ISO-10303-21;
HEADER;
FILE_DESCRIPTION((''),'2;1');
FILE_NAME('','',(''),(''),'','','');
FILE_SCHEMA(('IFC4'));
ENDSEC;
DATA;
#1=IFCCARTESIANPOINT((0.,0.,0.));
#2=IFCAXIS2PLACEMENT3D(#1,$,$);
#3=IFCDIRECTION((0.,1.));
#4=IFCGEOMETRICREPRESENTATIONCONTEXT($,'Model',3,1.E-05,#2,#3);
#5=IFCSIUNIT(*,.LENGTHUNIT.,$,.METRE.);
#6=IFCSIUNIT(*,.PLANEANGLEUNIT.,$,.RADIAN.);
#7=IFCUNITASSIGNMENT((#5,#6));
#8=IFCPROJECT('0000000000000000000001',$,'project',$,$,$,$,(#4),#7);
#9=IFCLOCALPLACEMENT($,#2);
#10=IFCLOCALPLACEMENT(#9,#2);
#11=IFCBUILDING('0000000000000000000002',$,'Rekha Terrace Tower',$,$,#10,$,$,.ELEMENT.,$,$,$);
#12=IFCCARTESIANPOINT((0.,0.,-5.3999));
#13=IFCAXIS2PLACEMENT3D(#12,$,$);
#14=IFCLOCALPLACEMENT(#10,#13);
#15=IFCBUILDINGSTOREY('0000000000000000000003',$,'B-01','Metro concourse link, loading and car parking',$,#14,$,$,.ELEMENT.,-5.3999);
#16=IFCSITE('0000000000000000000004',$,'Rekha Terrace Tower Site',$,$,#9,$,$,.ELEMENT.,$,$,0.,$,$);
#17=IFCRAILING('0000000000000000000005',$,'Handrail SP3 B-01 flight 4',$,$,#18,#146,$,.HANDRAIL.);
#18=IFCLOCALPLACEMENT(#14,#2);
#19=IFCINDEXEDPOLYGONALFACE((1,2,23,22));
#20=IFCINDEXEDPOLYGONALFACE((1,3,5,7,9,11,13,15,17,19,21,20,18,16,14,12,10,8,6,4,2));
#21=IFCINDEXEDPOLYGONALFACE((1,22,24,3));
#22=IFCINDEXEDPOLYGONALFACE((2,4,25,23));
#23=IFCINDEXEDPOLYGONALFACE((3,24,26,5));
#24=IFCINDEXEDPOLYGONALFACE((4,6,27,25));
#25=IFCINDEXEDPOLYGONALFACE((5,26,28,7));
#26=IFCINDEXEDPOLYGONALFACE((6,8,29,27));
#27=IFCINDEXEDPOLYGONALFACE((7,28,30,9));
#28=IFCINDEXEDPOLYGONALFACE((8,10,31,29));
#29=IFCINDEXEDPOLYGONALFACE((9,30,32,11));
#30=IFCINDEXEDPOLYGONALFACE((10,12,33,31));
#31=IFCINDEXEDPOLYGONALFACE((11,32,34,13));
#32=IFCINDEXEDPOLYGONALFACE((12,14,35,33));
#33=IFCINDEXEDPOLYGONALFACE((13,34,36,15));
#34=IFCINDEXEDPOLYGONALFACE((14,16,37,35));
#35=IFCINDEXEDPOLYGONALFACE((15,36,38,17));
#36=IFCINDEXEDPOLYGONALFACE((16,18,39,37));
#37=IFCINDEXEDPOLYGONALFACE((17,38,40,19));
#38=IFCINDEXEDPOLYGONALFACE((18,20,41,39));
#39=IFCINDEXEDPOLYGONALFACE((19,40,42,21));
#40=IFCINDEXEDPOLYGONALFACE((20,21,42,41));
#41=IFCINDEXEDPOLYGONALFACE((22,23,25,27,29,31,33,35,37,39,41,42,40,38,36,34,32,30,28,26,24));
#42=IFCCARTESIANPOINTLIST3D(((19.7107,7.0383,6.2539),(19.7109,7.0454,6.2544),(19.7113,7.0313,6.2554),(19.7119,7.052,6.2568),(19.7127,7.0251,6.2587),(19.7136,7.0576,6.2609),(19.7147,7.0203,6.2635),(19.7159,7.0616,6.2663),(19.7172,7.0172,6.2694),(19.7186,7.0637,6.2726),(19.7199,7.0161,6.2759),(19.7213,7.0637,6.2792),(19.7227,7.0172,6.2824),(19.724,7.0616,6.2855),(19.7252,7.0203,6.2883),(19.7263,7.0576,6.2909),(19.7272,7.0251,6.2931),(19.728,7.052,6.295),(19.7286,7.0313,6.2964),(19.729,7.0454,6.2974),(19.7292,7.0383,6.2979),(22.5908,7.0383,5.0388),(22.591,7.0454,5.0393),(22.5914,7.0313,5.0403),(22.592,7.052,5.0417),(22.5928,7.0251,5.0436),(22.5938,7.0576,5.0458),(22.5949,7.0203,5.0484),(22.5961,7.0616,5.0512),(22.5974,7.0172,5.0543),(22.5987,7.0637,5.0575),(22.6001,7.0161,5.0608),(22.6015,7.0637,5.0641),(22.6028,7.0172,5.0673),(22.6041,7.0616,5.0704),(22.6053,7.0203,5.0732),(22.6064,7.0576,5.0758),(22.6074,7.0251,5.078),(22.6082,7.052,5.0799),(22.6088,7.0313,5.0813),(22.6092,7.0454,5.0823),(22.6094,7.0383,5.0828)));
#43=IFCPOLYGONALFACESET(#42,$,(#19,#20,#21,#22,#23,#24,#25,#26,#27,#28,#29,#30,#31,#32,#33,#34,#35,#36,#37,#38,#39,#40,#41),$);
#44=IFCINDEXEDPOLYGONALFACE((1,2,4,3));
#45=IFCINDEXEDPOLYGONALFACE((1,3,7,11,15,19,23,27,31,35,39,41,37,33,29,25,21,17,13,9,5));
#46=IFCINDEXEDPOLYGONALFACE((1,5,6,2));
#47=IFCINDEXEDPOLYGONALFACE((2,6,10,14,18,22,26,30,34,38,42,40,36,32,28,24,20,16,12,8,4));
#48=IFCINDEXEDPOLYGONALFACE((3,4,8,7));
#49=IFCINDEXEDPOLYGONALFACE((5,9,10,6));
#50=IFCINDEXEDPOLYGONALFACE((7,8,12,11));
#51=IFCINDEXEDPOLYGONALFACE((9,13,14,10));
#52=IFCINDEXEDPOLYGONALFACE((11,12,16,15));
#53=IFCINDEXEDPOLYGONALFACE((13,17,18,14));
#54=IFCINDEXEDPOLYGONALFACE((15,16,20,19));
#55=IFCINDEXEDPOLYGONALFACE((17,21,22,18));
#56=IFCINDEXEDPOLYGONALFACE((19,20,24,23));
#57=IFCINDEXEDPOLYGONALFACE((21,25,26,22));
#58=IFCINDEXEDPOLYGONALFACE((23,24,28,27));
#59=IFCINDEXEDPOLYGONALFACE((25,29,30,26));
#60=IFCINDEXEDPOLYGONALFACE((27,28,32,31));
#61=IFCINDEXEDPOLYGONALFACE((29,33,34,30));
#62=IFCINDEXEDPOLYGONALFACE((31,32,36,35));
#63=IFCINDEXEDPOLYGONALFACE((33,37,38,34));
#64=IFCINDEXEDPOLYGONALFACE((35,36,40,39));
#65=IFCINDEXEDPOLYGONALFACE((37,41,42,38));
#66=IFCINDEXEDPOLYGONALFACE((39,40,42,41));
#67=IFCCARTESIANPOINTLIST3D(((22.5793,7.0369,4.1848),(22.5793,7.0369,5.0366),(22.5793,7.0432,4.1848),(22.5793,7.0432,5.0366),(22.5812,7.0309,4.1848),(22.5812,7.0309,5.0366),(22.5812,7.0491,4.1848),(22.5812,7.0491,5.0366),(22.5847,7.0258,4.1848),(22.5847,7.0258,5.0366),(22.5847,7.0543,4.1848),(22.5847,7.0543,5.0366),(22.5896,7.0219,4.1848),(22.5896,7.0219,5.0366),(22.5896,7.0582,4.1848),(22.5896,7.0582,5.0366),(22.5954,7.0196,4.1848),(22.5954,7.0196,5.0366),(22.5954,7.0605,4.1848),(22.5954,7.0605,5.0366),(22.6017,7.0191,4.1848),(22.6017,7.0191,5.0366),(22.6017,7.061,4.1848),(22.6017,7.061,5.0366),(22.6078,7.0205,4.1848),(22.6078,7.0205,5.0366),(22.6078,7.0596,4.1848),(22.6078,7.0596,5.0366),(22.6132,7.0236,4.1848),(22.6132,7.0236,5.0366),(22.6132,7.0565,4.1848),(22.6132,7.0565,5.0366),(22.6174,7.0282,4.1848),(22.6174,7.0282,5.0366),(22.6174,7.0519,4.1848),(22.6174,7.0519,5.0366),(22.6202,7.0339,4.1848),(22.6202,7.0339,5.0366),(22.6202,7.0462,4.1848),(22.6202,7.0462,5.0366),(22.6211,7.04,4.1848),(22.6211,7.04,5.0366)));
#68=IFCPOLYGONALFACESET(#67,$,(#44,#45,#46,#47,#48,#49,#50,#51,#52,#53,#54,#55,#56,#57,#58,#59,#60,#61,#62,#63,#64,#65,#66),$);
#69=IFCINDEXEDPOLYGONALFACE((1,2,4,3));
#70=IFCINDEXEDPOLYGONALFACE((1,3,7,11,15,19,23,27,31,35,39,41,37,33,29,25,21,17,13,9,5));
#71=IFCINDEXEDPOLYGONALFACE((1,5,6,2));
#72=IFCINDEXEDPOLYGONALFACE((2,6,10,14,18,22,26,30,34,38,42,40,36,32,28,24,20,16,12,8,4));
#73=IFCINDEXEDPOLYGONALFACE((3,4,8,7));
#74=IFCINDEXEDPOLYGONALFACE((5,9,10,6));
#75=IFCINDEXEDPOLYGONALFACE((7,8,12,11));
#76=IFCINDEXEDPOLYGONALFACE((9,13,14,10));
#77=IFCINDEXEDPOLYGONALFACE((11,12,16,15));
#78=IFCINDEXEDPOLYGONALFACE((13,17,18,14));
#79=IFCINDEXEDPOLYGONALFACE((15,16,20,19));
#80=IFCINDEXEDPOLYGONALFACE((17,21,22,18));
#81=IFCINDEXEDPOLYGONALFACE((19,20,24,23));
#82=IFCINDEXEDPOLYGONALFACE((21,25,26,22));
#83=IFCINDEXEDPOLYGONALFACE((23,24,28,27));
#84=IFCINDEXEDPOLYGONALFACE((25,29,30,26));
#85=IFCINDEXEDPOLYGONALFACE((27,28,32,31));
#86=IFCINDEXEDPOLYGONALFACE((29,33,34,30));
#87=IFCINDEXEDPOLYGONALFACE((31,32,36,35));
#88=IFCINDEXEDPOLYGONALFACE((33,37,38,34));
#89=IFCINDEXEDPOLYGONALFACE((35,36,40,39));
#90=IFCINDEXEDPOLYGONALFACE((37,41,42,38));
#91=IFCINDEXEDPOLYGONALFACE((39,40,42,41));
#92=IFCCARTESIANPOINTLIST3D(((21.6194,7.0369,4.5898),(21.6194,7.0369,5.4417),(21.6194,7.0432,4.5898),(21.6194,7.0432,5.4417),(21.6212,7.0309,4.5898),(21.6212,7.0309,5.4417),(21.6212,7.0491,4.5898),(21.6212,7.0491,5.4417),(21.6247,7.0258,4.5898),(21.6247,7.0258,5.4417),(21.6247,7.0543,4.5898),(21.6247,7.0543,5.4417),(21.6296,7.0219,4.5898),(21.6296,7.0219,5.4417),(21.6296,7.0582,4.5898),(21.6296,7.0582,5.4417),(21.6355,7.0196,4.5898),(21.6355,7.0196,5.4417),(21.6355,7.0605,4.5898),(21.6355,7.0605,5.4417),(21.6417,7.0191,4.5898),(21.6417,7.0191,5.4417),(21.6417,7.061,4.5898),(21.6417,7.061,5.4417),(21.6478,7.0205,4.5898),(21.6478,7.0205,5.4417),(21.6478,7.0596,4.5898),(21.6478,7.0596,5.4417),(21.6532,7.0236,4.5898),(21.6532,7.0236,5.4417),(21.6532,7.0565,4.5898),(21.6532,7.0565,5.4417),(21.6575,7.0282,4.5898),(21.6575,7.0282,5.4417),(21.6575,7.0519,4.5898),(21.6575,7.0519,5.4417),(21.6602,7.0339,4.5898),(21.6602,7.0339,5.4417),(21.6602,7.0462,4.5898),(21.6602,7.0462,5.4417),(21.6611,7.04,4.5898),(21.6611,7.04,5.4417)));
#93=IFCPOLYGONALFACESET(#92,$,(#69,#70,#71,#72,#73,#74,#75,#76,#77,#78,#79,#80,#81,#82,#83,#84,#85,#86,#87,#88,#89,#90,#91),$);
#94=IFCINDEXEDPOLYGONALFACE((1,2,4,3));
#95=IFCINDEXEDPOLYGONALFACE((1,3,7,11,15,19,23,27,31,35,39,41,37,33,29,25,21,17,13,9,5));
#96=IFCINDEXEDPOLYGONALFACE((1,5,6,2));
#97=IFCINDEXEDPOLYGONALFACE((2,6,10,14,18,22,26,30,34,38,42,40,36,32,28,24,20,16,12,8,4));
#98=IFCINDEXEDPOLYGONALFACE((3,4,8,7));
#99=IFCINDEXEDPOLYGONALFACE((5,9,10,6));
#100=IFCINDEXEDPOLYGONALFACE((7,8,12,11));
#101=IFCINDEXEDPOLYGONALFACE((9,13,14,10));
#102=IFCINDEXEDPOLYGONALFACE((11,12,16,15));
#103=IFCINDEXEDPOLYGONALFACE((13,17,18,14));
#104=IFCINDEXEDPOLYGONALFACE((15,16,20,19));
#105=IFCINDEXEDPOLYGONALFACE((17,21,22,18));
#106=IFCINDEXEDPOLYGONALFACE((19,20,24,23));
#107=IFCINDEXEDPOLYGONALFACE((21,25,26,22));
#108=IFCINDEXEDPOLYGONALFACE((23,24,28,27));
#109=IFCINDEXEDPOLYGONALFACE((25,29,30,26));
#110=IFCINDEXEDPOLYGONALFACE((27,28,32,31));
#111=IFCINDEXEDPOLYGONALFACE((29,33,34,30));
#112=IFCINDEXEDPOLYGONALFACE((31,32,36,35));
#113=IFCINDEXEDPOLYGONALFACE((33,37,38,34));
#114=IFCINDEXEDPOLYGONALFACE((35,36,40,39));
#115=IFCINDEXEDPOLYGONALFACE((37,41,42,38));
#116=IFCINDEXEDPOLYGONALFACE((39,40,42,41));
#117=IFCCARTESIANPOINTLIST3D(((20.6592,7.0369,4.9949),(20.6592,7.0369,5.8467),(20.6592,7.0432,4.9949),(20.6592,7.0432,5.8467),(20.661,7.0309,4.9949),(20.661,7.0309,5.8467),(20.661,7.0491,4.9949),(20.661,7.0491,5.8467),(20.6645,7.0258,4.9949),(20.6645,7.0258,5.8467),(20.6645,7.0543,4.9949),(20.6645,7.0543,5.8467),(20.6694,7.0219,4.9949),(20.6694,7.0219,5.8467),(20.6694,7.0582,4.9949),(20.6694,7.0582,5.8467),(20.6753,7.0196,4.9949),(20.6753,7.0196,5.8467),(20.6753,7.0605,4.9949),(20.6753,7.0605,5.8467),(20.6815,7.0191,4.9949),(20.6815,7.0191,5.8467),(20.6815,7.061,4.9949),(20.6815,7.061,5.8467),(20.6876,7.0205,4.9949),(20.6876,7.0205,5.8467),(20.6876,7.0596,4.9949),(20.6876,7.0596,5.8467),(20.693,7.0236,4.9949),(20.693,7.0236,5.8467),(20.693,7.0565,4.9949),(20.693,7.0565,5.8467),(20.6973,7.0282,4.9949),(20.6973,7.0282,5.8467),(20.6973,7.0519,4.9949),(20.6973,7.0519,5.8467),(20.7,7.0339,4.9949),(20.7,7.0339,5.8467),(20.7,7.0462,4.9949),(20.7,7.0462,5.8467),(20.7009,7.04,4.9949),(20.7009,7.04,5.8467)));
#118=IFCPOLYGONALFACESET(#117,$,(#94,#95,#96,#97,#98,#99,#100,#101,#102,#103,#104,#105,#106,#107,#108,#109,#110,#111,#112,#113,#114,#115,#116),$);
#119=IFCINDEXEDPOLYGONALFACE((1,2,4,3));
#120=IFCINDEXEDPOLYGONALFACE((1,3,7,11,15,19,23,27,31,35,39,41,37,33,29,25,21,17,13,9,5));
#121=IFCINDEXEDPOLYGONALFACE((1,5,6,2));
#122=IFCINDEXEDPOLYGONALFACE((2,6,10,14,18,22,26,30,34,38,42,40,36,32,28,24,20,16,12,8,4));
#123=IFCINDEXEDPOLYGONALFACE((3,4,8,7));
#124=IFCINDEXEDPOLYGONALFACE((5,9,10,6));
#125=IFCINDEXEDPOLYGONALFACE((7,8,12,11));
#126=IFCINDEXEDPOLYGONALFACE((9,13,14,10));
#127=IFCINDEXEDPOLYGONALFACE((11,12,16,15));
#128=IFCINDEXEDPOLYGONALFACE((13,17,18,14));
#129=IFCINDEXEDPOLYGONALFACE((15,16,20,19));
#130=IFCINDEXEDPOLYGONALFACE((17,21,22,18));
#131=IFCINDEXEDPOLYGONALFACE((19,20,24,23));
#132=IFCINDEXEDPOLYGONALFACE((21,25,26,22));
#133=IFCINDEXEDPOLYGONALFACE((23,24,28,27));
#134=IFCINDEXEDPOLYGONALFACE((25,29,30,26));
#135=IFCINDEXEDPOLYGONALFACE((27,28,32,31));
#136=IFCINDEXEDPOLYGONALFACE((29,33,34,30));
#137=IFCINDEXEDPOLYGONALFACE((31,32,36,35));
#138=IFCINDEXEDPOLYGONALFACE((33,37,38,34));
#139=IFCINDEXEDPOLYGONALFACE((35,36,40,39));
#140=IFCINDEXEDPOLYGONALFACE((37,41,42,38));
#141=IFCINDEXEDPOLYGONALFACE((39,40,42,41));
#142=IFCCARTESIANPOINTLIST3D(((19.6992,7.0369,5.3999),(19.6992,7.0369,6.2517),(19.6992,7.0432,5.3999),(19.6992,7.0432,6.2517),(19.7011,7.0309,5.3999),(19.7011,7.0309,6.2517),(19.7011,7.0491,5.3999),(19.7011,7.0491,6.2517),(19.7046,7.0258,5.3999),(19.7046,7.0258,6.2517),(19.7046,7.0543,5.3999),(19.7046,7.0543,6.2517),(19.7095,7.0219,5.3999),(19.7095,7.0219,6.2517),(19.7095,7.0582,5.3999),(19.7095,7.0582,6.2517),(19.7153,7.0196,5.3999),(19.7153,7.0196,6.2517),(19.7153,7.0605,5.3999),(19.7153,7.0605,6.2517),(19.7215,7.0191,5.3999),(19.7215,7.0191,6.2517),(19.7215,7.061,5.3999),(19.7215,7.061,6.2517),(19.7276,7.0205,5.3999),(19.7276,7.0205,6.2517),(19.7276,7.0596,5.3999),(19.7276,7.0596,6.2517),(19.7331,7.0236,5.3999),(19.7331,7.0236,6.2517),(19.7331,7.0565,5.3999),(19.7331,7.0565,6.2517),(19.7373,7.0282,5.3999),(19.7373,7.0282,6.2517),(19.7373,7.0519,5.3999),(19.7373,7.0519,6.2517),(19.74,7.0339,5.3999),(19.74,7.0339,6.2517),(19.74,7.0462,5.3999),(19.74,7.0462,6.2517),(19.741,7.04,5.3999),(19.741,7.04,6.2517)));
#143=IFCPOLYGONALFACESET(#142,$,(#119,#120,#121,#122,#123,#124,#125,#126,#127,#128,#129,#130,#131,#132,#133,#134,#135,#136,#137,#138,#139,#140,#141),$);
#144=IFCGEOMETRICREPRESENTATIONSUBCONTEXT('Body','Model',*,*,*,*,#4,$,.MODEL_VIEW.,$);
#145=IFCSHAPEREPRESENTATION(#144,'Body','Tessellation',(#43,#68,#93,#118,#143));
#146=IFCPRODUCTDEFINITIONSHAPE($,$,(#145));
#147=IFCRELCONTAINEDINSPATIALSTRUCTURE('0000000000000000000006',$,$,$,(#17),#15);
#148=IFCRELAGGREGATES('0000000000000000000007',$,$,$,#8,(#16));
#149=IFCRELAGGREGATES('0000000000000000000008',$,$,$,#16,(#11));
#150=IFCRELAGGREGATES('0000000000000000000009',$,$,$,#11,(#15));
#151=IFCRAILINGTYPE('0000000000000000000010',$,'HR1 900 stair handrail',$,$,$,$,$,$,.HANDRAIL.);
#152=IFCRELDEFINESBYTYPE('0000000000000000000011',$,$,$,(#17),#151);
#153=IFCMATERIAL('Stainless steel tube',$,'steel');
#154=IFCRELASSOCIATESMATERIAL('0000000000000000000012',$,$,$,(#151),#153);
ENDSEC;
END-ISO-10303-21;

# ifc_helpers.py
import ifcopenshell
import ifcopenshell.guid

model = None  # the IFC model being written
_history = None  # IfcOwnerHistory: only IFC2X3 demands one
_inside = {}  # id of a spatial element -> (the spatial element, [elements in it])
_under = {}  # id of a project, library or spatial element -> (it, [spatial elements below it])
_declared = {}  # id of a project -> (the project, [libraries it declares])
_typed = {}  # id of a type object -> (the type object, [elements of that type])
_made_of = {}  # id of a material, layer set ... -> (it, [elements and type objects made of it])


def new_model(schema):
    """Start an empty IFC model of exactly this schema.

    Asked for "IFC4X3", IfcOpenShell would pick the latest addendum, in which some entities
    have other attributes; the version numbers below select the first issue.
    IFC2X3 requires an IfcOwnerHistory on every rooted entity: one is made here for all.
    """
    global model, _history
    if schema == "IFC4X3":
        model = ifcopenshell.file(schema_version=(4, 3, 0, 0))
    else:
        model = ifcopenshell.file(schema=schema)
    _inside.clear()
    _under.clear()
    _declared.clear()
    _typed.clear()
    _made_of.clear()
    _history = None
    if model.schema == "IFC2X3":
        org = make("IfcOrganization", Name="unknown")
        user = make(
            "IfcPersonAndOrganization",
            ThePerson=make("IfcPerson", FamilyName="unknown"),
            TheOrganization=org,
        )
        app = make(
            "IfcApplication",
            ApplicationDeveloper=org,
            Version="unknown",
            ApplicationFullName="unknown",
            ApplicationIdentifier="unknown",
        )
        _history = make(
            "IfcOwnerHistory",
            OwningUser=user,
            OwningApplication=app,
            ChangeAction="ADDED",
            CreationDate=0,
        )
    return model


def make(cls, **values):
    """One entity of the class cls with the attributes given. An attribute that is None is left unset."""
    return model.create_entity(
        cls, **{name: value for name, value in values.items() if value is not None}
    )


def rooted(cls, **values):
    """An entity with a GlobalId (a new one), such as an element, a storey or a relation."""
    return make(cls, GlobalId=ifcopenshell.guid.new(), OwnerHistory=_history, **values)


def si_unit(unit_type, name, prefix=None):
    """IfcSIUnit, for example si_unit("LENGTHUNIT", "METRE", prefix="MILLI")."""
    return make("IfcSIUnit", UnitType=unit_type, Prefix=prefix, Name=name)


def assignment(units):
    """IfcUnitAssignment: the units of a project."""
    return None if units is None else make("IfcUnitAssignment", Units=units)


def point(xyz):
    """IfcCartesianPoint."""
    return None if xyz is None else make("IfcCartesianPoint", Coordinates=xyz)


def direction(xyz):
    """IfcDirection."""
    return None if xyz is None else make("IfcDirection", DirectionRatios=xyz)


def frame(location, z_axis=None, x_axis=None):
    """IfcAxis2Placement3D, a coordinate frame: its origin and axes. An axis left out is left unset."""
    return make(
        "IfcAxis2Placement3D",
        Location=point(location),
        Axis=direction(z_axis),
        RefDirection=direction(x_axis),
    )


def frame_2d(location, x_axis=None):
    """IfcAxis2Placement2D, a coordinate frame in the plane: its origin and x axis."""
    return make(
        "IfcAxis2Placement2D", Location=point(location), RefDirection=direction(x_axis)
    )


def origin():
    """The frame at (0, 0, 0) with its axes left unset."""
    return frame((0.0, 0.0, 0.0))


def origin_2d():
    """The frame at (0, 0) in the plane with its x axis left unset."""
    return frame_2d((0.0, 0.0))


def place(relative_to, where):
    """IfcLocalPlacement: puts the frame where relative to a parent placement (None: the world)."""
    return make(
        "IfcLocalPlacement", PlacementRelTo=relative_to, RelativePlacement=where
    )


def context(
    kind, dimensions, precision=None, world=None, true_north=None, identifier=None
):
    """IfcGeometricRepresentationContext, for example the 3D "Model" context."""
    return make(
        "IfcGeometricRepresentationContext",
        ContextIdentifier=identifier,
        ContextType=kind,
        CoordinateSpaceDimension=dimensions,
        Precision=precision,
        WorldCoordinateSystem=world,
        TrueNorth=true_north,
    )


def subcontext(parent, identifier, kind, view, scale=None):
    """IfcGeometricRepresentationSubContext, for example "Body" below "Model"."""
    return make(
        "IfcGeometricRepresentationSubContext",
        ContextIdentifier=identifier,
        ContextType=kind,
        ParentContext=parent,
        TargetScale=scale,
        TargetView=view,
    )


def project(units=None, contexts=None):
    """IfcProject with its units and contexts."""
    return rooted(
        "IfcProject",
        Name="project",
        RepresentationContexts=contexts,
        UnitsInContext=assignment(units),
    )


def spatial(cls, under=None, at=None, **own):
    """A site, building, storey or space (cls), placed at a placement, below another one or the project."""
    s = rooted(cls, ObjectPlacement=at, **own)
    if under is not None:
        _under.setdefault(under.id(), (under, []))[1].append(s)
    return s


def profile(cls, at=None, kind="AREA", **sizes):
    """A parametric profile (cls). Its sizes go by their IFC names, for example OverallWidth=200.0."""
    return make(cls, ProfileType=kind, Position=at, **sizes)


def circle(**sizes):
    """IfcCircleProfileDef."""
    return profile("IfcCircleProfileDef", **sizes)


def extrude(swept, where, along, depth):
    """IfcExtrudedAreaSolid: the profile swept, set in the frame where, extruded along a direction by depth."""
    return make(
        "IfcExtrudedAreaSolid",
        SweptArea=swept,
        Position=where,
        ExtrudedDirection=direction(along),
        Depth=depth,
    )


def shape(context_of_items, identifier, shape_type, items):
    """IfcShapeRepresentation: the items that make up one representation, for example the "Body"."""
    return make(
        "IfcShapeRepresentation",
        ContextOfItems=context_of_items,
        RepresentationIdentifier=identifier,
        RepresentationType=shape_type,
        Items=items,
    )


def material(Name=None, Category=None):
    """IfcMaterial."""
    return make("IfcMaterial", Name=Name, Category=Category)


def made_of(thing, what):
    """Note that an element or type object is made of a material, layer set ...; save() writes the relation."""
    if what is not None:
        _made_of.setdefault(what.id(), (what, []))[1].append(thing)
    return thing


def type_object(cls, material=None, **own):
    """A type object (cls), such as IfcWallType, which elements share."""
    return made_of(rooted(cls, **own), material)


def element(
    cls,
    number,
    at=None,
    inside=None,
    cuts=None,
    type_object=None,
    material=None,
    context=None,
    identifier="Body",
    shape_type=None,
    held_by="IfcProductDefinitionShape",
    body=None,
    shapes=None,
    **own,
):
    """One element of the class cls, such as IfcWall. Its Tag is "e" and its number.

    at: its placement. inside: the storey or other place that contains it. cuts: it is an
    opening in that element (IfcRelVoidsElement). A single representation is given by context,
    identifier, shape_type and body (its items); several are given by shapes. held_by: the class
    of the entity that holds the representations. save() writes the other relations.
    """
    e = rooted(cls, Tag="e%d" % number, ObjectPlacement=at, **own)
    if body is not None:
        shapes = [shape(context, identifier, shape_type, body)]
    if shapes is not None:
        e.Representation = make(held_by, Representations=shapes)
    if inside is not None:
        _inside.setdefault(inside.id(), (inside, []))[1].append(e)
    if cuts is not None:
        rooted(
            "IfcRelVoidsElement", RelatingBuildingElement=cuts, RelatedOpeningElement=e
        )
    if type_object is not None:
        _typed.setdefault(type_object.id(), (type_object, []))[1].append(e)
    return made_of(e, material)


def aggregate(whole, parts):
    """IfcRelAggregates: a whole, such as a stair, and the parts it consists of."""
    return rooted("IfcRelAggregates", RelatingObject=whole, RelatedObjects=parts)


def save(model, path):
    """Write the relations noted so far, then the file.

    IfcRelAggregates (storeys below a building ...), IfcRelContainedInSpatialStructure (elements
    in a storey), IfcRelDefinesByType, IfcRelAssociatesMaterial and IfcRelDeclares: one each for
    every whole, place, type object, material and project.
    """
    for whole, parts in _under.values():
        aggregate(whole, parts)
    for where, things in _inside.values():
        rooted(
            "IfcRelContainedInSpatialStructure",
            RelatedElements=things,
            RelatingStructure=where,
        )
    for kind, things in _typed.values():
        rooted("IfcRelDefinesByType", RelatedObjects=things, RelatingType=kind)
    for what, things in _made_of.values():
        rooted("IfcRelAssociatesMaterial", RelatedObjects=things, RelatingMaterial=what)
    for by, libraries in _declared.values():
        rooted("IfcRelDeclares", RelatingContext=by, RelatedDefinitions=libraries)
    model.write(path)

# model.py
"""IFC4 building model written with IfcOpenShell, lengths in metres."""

from ifc_helpers import new_model, si_unit, direction, frame, origin, origin_2d, place, context, subcontext, project, spatial, circle, extrude, material, type_object, element, save


model = new_model("IFC4")

# Units and contexts
model_context = context("Model", 3, precision=1e-05, world=origin(), true_north=direction((0.0, 1.0)))
body_context = subcontext(model_context, "Body", "Model", "MODEL_VIEW")
ifc_project = project(units=[si_unit("LENGTHUNIT", "METRE"), si_unit("PLANEANGLEUNIT", "RADIAN")], contexts=[model_context])

# Site, building, storey
site_placement = place(None, origin())
site = spatial("IfcSite", under=ifc_project, at=site_placement, Name="Rekha Terrace Tower Site", CompositionType="ELEMENT", RefElevation=0.0)
building_placement = place(site_placement, origin())
building = spatial("IfcBuilding", under=site, at=building_placement, Name="Rekha Terrace Tower", CompositionType="ELEMENT")
storey_placement = place(building_placement, frame((0.0, 0.0, -5.3999)))
storey = spatial("IfcBuildingStorey", under=building, at=storey_placement, Name="B-01", Description="Metro concourse link, loading and car parking", CompositionType="ELEMENT", Elevation=-5.3999)

# Railing
ifc_material_1 = material(Name="Stainless steel tube", Category="steel")
railing_type_1 = type_object("IfcRailingType", Name="HR1 900 stair handrail", PredefinedType="HANDRAIL", material=ifc_material_1)
railing_1_placement = place(storey_placement, frame((22.6001, 7.04, 4.1848)))
element("IfcRailing", 1, at=railing_1_placement, inside=storey, type_object=railing_type_1, Name="Handrail SP3 B-01 flight 4", PredefinedType="HANDRAIL", context=body_context, shape_type="SweptSolid", body=[
    extrude(circle(Radius=0.0239, at=origin_2d()), frame((0.0, 0.0, 0.876), z_axis=(-0.92136, 0.0, 0.38871), x_axis=(0.0, -1.0, 0.0)), (0.0, 0.0, 1.0), 3.126),
    extrude(circle(Radius=0.021, at=origin_2d()), origin(), (0.0, 0.0, 1.0), 0.8518),
    extrude(circle(Radius=0.021, at=origin_2d()), frame((-0.96, 0.0, 0.405)), (0.0, 0.0, 1.0), 0.8518),
    extrude(circle(Radius=0.021, at=origin_2d()), frame((-1.9202, 0.0, 0.8101)), (0.0, 0.0, 1.0), 0.8518),
    extrude(circle(Radius=0.021, at=origin_2d()), frame((-2.8801, 0.0, 1.2151)), (0.0, 0.0, 1.0), 0.8518),
])

save(model, "model.ifc")
